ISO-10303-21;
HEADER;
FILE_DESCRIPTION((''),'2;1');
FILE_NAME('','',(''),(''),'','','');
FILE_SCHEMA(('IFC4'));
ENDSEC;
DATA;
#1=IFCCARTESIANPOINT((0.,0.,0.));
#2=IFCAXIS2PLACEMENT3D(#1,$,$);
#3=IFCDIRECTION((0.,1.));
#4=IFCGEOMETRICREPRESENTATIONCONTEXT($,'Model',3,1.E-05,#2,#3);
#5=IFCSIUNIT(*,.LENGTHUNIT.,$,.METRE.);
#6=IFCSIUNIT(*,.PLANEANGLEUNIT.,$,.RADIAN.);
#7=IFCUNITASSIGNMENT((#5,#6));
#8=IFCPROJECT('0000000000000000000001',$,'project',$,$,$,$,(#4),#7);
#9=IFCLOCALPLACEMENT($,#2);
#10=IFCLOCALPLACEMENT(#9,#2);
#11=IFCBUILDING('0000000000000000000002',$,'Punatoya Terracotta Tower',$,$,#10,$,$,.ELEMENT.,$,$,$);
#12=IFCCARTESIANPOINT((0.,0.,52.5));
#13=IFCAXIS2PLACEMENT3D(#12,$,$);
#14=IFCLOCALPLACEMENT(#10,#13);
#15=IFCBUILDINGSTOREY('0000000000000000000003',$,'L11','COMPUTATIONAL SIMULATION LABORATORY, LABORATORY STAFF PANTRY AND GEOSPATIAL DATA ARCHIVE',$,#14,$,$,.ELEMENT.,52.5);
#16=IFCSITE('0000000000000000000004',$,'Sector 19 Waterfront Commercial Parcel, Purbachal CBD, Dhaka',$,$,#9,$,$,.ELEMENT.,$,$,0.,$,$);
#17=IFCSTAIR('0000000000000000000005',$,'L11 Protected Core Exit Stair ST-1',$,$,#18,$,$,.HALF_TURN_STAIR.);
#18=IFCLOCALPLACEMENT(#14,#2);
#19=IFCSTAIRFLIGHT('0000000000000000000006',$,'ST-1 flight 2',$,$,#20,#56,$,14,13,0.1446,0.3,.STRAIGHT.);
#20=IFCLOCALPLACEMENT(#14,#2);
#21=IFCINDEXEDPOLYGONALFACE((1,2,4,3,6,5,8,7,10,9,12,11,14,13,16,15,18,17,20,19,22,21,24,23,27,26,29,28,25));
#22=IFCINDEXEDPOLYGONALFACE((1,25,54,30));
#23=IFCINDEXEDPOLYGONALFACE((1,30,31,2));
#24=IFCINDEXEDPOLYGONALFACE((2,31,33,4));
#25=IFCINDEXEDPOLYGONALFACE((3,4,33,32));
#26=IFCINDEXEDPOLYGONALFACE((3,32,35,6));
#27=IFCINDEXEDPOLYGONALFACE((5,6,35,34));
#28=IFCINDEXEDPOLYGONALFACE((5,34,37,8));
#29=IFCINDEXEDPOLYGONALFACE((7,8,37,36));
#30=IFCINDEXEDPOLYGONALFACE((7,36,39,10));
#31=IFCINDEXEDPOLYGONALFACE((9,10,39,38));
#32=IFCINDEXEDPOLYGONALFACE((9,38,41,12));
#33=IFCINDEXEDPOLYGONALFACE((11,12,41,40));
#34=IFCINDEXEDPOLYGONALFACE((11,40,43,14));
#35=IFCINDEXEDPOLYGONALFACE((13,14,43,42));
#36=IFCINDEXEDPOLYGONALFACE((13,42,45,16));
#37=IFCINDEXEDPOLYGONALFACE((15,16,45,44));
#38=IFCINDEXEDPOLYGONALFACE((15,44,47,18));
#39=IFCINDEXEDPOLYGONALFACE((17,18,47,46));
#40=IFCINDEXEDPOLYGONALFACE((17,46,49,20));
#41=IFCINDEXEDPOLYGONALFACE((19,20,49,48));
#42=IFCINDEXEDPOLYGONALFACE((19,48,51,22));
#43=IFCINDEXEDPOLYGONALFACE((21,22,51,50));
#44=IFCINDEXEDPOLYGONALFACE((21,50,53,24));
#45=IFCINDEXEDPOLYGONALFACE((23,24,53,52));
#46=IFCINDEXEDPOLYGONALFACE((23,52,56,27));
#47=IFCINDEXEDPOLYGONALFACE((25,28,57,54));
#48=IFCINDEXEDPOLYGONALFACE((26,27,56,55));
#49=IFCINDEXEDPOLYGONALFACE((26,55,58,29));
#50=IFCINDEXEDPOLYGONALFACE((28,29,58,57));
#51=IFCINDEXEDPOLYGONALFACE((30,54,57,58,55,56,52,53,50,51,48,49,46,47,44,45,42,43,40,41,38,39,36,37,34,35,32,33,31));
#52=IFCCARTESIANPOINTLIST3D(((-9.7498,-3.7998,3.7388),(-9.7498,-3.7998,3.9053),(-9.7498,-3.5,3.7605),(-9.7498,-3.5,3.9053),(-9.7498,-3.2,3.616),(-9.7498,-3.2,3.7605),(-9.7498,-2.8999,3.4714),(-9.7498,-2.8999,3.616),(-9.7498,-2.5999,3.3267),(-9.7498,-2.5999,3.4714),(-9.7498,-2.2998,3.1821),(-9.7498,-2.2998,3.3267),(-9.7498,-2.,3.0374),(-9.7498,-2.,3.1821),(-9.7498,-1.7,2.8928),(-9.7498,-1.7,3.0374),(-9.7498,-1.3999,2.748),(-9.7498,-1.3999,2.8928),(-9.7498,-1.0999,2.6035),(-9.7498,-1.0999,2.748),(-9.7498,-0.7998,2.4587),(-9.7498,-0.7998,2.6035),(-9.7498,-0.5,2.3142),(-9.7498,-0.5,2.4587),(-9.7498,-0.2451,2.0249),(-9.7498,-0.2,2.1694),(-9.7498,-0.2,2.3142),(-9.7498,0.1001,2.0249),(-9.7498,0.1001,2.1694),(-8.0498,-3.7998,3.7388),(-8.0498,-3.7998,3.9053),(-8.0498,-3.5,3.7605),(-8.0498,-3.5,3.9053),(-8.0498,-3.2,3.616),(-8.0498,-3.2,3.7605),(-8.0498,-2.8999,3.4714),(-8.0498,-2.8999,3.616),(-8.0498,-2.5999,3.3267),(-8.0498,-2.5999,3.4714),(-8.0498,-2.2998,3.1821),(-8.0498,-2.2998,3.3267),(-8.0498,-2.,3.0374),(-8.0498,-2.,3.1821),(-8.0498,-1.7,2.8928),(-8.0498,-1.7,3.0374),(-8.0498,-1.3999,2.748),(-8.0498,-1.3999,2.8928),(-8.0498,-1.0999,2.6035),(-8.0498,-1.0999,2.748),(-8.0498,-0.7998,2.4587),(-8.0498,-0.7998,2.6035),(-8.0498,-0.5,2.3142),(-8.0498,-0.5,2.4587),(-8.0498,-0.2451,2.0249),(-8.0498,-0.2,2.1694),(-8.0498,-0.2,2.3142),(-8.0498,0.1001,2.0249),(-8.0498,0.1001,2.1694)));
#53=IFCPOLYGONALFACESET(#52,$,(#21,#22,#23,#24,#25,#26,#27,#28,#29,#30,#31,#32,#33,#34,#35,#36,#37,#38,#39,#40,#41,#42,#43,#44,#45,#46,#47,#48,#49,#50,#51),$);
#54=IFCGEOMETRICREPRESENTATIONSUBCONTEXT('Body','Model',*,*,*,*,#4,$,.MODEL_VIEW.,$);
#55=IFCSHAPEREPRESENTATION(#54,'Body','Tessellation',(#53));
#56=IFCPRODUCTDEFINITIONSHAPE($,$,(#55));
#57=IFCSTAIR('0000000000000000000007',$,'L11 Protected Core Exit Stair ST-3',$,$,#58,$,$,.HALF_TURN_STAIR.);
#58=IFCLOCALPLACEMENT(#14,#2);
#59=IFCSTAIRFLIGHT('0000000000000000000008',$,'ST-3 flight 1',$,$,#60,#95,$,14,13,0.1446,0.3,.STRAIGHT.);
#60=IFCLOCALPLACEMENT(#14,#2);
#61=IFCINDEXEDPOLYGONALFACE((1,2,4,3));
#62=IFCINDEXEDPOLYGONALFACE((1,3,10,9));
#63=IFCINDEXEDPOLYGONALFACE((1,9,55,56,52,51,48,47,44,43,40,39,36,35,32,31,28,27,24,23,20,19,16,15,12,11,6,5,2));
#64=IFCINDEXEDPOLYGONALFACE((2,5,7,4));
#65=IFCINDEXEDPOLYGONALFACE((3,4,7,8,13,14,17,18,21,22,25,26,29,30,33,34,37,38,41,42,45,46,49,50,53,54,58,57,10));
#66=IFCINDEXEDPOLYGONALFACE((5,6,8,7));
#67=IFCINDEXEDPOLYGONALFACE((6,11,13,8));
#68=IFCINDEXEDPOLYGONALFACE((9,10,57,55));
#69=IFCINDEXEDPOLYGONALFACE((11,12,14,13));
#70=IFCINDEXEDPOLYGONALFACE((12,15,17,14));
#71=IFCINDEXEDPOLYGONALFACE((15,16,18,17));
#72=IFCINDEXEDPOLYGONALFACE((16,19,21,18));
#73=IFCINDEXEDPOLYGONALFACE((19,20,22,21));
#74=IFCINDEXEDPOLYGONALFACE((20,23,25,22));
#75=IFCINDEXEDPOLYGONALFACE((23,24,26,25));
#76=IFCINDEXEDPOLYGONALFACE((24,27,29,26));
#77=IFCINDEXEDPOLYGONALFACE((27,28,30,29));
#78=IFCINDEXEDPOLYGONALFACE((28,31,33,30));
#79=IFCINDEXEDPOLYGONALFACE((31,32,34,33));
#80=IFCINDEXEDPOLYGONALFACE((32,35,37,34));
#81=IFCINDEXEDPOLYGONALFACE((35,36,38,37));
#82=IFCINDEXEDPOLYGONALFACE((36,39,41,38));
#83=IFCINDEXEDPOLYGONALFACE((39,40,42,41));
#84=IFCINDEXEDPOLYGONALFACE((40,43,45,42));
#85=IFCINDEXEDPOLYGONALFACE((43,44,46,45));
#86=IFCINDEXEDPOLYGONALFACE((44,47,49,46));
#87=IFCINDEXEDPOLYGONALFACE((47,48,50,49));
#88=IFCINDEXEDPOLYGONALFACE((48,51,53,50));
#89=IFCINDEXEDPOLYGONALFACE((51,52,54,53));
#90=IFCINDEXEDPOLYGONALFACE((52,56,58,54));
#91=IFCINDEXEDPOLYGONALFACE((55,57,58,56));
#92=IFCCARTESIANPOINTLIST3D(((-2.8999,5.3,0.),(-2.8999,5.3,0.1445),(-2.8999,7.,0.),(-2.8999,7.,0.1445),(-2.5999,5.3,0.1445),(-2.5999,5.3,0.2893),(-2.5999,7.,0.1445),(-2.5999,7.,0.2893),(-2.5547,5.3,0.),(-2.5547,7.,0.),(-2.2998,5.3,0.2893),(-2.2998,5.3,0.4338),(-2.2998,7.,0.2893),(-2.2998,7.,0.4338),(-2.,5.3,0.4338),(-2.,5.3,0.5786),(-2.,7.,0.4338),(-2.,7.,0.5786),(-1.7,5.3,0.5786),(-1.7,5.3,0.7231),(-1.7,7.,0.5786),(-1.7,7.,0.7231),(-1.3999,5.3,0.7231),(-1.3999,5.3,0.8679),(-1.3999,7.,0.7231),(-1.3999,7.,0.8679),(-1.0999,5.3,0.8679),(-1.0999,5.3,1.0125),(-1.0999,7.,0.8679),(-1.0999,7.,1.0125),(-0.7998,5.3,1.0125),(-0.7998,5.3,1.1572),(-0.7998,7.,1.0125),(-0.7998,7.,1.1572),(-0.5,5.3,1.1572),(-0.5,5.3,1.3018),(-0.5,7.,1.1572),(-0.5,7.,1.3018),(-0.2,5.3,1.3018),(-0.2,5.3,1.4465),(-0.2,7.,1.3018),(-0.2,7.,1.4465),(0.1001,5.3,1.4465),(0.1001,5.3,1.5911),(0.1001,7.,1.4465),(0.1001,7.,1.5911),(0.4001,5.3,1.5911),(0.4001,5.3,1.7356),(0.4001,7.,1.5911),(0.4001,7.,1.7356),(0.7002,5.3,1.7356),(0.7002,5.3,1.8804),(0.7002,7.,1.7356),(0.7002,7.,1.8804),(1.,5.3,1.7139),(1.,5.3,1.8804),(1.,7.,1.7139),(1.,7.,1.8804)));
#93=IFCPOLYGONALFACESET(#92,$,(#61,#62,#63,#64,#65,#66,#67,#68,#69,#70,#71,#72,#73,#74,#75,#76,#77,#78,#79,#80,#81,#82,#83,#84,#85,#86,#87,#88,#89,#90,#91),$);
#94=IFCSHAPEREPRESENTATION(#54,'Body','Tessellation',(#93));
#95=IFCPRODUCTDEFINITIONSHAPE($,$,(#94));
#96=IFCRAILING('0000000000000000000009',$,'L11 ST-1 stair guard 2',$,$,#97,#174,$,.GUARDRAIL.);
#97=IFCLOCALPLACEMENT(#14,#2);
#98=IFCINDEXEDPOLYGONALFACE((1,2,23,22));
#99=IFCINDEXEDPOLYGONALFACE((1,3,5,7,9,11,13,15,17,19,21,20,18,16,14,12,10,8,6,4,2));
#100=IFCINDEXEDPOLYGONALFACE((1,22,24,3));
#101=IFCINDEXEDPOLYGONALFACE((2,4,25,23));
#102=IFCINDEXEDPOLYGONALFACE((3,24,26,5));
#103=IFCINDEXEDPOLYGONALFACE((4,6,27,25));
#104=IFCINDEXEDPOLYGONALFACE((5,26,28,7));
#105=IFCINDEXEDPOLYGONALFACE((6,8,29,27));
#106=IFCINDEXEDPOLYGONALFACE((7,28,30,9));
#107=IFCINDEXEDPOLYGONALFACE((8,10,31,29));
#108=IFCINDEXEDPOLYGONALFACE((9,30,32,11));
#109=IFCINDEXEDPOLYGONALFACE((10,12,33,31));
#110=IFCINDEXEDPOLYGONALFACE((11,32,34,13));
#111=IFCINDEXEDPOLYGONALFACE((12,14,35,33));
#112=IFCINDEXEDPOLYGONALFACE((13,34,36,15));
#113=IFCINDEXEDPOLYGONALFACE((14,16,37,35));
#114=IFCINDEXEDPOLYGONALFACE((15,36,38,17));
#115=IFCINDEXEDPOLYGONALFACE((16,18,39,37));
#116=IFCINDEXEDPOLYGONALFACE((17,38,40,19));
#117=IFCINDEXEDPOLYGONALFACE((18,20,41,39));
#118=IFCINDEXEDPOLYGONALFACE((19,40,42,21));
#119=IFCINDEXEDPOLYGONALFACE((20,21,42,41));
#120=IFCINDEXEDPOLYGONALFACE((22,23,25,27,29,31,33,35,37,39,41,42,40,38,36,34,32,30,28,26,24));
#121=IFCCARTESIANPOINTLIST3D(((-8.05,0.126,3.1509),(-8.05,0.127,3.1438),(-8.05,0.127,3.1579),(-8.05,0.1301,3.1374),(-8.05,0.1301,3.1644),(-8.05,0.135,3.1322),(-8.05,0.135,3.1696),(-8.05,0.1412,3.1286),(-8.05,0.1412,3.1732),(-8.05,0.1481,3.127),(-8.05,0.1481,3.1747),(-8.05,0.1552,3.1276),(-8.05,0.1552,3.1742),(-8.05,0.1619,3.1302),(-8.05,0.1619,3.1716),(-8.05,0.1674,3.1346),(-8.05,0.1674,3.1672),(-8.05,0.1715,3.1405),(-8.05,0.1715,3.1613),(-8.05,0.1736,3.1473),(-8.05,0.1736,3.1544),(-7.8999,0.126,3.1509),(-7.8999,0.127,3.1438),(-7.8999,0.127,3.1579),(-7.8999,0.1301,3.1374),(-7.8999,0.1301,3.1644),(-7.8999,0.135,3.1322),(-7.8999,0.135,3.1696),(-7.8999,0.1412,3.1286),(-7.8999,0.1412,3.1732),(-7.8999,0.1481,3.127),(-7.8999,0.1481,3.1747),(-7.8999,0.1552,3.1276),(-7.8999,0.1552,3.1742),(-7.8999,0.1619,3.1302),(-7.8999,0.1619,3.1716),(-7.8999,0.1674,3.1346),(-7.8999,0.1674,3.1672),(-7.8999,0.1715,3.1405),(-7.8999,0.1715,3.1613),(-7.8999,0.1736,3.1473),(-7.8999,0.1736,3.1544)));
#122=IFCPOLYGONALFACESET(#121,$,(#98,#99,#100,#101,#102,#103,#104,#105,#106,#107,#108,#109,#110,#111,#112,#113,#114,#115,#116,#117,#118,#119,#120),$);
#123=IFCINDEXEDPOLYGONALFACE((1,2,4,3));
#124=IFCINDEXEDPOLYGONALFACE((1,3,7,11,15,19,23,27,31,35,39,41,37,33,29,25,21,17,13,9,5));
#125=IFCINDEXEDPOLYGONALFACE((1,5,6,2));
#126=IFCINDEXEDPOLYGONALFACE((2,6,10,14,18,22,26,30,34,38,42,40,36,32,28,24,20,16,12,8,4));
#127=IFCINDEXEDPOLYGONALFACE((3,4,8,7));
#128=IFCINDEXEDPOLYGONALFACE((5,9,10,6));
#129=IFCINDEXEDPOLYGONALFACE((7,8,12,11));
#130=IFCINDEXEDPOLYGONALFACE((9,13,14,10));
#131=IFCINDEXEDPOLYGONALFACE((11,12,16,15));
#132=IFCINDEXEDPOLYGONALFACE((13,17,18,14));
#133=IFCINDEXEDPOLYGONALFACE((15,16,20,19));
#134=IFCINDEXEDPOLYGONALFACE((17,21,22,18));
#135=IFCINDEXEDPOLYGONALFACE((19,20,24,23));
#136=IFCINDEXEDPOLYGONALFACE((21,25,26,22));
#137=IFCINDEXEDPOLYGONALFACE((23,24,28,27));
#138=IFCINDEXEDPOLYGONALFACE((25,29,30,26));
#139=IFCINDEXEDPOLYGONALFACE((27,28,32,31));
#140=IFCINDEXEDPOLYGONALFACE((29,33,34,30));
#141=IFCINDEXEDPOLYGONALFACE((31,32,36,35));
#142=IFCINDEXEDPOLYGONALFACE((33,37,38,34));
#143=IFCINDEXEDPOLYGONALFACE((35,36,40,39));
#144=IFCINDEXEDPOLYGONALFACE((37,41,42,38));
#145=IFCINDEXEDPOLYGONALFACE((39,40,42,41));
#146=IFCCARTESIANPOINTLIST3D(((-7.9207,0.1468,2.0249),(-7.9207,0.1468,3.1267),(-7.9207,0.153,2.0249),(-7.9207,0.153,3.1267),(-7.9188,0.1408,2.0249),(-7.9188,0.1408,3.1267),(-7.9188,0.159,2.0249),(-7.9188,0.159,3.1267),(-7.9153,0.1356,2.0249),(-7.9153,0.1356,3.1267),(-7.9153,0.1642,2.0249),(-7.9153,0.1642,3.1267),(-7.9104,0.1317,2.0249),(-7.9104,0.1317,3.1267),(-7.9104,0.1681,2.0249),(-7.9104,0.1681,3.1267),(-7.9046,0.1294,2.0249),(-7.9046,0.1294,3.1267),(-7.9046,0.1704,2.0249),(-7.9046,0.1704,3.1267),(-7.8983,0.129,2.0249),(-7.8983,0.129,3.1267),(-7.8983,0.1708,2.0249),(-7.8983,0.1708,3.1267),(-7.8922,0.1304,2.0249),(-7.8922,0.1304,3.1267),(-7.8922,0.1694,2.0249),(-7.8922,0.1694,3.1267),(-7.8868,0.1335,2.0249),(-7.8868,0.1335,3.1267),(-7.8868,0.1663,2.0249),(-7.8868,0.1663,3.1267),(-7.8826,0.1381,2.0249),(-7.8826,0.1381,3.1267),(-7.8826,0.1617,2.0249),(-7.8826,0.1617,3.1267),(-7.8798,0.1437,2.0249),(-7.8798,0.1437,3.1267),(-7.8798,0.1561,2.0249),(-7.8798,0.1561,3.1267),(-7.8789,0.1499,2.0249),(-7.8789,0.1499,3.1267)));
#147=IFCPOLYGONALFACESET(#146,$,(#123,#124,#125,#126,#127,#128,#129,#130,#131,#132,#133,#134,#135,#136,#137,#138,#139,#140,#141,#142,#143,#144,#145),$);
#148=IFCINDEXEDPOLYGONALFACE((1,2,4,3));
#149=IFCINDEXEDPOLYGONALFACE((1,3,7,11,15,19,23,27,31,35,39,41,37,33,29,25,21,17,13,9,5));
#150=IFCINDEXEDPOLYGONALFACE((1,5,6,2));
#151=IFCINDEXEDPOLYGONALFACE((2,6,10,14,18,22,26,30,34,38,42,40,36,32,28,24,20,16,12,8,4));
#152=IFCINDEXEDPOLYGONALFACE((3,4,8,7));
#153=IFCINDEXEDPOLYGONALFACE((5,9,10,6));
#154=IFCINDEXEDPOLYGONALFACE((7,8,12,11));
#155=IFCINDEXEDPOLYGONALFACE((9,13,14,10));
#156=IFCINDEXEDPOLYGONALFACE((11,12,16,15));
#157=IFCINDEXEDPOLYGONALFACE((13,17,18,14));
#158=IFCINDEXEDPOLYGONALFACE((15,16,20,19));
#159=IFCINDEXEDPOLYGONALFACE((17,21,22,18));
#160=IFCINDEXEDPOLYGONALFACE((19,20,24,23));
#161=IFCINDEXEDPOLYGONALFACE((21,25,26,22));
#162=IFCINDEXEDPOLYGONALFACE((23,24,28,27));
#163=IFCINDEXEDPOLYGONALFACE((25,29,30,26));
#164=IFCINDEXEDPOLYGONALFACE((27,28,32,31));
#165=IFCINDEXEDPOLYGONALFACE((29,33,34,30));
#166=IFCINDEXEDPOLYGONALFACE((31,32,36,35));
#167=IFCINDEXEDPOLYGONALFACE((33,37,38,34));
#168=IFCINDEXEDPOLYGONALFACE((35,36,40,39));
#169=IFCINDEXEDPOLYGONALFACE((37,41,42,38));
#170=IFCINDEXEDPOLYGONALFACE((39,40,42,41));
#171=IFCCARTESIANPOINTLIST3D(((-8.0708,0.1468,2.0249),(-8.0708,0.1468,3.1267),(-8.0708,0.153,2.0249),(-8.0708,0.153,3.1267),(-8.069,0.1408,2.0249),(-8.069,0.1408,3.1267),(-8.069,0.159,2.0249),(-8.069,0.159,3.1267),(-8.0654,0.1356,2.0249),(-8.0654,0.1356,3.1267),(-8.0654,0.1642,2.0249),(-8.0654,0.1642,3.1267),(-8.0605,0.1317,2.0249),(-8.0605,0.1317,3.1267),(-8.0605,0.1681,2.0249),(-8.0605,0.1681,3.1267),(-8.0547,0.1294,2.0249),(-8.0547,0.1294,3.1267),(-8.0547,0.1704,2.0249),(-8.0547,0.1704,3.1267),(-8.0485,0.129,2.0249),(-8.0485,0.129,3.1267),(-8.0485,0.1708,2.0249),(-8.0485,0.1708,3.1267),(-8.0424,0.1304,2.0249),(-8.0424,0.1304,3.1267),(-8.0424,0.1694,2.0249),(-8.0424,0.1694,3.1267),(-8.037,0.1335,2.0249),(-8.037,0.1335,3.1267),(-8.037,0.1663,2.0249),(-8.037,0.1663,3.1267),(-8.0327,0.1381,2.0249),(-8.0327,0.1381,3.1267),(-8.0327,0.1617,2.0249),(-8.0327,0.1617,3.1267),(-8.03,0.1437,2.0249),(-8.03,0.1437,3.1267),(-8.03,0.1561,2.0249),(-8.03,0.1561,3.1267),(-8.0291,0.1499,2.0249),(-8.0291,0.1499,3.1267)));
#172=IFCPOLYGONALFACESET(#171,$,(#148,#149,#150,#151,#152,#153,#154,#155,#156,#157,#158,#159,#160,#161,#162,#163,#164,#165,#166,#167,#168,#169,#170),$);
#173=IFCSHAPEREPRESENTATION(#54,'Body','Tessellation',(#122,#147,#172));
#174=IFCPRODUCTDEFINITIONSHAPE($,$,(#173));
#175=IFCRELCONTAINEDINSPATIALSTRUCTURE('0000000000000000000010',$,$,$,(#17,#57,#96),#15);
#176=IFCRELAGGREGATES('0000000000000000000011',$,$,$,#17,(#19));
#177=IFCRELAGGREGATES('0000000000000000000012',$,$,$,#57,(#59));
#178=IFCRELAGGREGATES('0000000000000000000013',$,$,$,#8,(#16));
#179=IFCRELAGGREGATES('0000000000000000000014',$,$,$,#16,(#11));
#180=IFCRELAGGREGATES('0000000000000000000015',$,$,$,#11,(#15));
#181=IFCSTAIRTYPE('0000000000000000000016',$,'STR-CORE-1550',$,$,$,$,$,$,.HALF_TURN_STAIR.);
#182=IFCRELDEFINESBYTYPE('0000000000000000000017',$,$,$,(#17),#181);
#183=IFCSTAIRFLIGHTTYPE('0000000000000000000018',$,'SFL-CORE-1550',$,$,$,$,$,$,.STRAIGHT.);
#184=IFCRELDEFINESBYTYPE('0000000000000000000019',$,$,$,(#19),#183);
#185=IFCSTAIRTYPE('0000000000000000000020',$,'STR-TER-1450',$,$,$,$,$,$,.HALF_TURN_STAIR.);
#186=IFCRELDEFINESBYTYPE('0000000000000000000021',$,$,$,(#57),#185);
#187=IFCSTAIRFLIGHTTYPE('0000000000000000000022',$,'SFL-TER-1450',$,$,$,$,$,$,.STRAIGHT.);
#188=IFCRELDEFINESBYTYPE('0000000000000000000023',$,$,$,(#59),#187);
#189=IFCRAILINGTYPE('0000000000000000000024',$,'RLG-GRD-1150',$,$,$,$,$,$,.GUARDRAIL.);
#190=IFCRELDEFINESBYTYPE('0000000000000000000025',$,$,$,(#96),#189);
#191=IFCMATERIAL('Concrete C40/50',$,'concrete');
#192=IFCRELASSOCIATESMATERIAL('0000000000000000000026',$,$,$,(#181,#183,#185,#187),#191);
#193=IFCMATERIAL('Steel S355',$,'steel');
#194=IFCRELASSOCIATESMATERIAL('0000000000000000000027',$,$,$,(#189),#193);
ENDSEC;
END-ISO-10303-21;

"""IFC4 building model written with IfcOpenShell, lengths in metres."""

from ifc_helpers import new_model, si_unit, direction, frame, origin, origin_2d, place, context, subcontext, project, spatial, polyline, circle, outline, extrude, material, type_object, element, aggregate, save


model = new_model("IFC4")

# Units and contexts
model_context = context("Model", 3, precision=1e-05, world=origin(), true_north=direction((0.0, 1.0)))
body_context = subcontext(model_context, "Body", "Model", "MODEL_VIEW")
ifc_project = project(units=[si_unit("LENGTHUNIT", "METRE"), si_unit("PLANEANGLEUNIT", "RADIAN")], contexts=[model_context])

# Site, building, storey
site_placement = place(None, origin())
site = spatial("IfcSite", under=ifc_project, at=site_placement, Name="Sector 19 Waterfront Commercial Parcel, Purbachal CBD, Dhaka", CompositionType="ELEMENT", RefElevation=0.0)
building_placement = place(site_placement, origin())
building = spatial("IfcBuilding", under=site, at=building_placement, Name="Punatoya Terracotta Tower", CompositionType="ELEMENT")
storey_placement = place(building_placement, frame((0.0, 0.0, 52.5)))
storey = spatial("IfcBuildingStorey", under=building, at=storey_placement, Name="L11", Description="COMPUTATIONAL SIMULATION LABORATORY, LABORATORY STAFF PANTRY AND GEOSPATIAL DATA ARCHIVE", CompositionType="ELEMENT", Elevation=52.5)

# Shared definitions
ifc_material_1 = material(Name="Steel S355", Category="steel")

# Shared definitions
ifc_material_2 = material(Name="Concrete C40/50", Category="concrete")

# Stairs, stair flights
stair_type_1 = type_object("IfcStairType", Name="STR-CORE-1550", PredefinedType="HALF_TURN_STAIR", material=ifc_material_2)
stair_1_placement = place(storey_placement, origin())
stair_1 = element("IfcStair", 1, at=stair_1_placement, inside=storey, type_object=stair_type_1, Name="L11 Protected Core Exit Stair ST-1", PredefinedType="HALF_TURN_STAIR")
stair_flight_type_1 = type_object("IfcStairFlightType", Name="SFL-CORE-1550", PredefinedType="STRAIGHT", material=ifc_material_2)
stair_flight_1_placement = place(storey_placement, frame((-8.8999, 0.1001, 2.0249), z_axis=(0.0, 0.0, 1.0), x_axis=(0.0, -1.0, 0.0)))
stair_flight_1 = element("IfcStairFlight", 2, at=stair_flight_1_placement, type_object=stair_flight_type_1, Name="ST-1 flight 2", NumberOfRisers=14, NumberOfTreads=13, PredefinedType="STRAIGHT", RiserHeight=0.1446, TreadLength=0.3, context=body_context, shape_type="SweptSolid", body=[
    extrude(outline(polyline([(0.0, 0.0), (0.0, 0.1445), (0.3, 0.1445), (0.3, 0.2893), (0.6001, 0.2893), (0.6001, 0.4338), (0.8999, 0.4338), (0.8999, 0.5786), (1.2, 0.5786), (1.2, 0.7231), (1.5, 0.7231), (1.5, 0.8679), (1.8, 0.8679), (1.8, 1.0125), (2.1001, 1.0125), (2.1001, 1.1572), (2.3999, 1.1572), (2.3999, 1.3018), (2.7, 1.3018), (2.7, 1.4465), (3.0, 1.4465), (3.0, 1.5911), (3.3, 1.5911), (3.3, 1.7356), (3.6001, 1.7356), (3.6001, 1.8804), (3.8999, 1.8804), (3.8999, 2.0249), (3.8999, 1.7139), (0.3452, 0.0), (0.0, 0.0)])), frame((0.0, 0.8501, 0.0), z_axis=(0.0, -1.0, 0.0), x_axis=(1.0, 0.0, 0.0)), (0.0, 0.0, 1.0), 1.7),
])
aggregate(stair_1, [stair_flight_1])
stair_type_2 = type_object("IfcStairType", Name="STR-TER-1450", PredefinedType="HALF_TURN_STAIR", material=ifc_material_2)
stair_2_placement = place(storey_placement, origin())
stair_2 = element("IfcStair", 3, at=stair_2_placement, inside=storey, type_object=stair_type_2, Name="L11 Protected Core Exit Stair ST-3", PredefinedType="HALF_TURN_STAIR")
stair_flight_type_2 = type_object("IfcStairFlightType", Name="SFL-TER-1450", PredefinedType="STRAIGHT", material=ifc_material_2)
stair_flight_2_placement = place(storey_placement, frame((-2.8999, 6.1499, 0.0), z_axis=(0.0, 0.0, 1.0), x_axis=(1.0, 0.0, 0.0)))
stair_flight_2 = element("IfcStairFlight", 4, at=stair_flight_2_placement, type_object=stair_flight_type_2, Name="ST-3 flight 1", NumberOfRisers=14, NumberOfTreads=13, PredefinedType="STRAIGHT", RiserHeight=0.1446, TreadLength=0.3, context=body_context, shape_type="SweptSolid", body=[
    extrude(outline(polyline([(0.0, 0.0), (0.0, 0.1445), (0.3, 0.1445), (0.3, 0.2893), (0.6001, 0.2893), (0.6001, 0.4338), (0.8999, 0.4338), (0.8999, 0.5786), (1.2, 0.5786), (1.2, 0.7231), (1.5, 0.7231), (1.5, 0.8679), (1.8, 0.8679), (1.8, 1.0125), (2.1001, 1.0125), (2.1001, 1.1572), (2.3999, 1.1572), (2.3999, 1.3018), (2.7, 1.3018), (2.7, 1.4465), (3.0, 1.4465), (3.0, 1.5911), (3.3, 1.5911), (3.3, 1.7356), (3.6001, 1.7356), (3.6001, 1.8804), (3.8999, 1.8804), (3.8999, 2.0249), (3.8999, 1.7139), (0.3452, 0.0), (0.0, 0.0)])), frame((0.0, 0.8501, 0.0), z_axis=(0.0, -1.0, 0.0), x_axis=(1.0, 0.0, 0.0)), (0.0, 0.0, 1.0), 1.7),
])
aggregate(stair_2, [stair_flight_2])

# Railing
railing_type_1 = type_object("IfcRailingType", Name="RLG-GRD-1150", PredefinedType="GUARDRAIL", material=ifc_material_1)
railing_1_placement = place(storey_placement, frame((-7.8999, 0.1499, 2.0249)))
element("IfcRailing", 5, at=railing_1_placement, inside=storey, type_object=railing_type_1, Name="L11 ST-1 stair guard 2", PredefinedType="GUARDRAIL", context=body_context, shape_type="SweptSolid", body=[
    extrude(circle(Radius=0.0239, at=origin_2d()), frame((0.0, 0.0, 1.126), z_axis=(-1.0, 0.0, 0.0), x_axis=(0.0, -1.0, 0.0)), (0.0, 0.0, 1.0), 0.1501),
    extrude(circle(Radius=0.021, at=origin_2d()), origin(), (0.0, 0.0, 1.0), 1.1018),
    extrude(circle(Radius=0.021, at=origin_2d()), frame((-0.1501, 0.0, 0.0)), (0.0, 0.0, 1.0), 1.1018),
])

save(model, "model.ifc")
